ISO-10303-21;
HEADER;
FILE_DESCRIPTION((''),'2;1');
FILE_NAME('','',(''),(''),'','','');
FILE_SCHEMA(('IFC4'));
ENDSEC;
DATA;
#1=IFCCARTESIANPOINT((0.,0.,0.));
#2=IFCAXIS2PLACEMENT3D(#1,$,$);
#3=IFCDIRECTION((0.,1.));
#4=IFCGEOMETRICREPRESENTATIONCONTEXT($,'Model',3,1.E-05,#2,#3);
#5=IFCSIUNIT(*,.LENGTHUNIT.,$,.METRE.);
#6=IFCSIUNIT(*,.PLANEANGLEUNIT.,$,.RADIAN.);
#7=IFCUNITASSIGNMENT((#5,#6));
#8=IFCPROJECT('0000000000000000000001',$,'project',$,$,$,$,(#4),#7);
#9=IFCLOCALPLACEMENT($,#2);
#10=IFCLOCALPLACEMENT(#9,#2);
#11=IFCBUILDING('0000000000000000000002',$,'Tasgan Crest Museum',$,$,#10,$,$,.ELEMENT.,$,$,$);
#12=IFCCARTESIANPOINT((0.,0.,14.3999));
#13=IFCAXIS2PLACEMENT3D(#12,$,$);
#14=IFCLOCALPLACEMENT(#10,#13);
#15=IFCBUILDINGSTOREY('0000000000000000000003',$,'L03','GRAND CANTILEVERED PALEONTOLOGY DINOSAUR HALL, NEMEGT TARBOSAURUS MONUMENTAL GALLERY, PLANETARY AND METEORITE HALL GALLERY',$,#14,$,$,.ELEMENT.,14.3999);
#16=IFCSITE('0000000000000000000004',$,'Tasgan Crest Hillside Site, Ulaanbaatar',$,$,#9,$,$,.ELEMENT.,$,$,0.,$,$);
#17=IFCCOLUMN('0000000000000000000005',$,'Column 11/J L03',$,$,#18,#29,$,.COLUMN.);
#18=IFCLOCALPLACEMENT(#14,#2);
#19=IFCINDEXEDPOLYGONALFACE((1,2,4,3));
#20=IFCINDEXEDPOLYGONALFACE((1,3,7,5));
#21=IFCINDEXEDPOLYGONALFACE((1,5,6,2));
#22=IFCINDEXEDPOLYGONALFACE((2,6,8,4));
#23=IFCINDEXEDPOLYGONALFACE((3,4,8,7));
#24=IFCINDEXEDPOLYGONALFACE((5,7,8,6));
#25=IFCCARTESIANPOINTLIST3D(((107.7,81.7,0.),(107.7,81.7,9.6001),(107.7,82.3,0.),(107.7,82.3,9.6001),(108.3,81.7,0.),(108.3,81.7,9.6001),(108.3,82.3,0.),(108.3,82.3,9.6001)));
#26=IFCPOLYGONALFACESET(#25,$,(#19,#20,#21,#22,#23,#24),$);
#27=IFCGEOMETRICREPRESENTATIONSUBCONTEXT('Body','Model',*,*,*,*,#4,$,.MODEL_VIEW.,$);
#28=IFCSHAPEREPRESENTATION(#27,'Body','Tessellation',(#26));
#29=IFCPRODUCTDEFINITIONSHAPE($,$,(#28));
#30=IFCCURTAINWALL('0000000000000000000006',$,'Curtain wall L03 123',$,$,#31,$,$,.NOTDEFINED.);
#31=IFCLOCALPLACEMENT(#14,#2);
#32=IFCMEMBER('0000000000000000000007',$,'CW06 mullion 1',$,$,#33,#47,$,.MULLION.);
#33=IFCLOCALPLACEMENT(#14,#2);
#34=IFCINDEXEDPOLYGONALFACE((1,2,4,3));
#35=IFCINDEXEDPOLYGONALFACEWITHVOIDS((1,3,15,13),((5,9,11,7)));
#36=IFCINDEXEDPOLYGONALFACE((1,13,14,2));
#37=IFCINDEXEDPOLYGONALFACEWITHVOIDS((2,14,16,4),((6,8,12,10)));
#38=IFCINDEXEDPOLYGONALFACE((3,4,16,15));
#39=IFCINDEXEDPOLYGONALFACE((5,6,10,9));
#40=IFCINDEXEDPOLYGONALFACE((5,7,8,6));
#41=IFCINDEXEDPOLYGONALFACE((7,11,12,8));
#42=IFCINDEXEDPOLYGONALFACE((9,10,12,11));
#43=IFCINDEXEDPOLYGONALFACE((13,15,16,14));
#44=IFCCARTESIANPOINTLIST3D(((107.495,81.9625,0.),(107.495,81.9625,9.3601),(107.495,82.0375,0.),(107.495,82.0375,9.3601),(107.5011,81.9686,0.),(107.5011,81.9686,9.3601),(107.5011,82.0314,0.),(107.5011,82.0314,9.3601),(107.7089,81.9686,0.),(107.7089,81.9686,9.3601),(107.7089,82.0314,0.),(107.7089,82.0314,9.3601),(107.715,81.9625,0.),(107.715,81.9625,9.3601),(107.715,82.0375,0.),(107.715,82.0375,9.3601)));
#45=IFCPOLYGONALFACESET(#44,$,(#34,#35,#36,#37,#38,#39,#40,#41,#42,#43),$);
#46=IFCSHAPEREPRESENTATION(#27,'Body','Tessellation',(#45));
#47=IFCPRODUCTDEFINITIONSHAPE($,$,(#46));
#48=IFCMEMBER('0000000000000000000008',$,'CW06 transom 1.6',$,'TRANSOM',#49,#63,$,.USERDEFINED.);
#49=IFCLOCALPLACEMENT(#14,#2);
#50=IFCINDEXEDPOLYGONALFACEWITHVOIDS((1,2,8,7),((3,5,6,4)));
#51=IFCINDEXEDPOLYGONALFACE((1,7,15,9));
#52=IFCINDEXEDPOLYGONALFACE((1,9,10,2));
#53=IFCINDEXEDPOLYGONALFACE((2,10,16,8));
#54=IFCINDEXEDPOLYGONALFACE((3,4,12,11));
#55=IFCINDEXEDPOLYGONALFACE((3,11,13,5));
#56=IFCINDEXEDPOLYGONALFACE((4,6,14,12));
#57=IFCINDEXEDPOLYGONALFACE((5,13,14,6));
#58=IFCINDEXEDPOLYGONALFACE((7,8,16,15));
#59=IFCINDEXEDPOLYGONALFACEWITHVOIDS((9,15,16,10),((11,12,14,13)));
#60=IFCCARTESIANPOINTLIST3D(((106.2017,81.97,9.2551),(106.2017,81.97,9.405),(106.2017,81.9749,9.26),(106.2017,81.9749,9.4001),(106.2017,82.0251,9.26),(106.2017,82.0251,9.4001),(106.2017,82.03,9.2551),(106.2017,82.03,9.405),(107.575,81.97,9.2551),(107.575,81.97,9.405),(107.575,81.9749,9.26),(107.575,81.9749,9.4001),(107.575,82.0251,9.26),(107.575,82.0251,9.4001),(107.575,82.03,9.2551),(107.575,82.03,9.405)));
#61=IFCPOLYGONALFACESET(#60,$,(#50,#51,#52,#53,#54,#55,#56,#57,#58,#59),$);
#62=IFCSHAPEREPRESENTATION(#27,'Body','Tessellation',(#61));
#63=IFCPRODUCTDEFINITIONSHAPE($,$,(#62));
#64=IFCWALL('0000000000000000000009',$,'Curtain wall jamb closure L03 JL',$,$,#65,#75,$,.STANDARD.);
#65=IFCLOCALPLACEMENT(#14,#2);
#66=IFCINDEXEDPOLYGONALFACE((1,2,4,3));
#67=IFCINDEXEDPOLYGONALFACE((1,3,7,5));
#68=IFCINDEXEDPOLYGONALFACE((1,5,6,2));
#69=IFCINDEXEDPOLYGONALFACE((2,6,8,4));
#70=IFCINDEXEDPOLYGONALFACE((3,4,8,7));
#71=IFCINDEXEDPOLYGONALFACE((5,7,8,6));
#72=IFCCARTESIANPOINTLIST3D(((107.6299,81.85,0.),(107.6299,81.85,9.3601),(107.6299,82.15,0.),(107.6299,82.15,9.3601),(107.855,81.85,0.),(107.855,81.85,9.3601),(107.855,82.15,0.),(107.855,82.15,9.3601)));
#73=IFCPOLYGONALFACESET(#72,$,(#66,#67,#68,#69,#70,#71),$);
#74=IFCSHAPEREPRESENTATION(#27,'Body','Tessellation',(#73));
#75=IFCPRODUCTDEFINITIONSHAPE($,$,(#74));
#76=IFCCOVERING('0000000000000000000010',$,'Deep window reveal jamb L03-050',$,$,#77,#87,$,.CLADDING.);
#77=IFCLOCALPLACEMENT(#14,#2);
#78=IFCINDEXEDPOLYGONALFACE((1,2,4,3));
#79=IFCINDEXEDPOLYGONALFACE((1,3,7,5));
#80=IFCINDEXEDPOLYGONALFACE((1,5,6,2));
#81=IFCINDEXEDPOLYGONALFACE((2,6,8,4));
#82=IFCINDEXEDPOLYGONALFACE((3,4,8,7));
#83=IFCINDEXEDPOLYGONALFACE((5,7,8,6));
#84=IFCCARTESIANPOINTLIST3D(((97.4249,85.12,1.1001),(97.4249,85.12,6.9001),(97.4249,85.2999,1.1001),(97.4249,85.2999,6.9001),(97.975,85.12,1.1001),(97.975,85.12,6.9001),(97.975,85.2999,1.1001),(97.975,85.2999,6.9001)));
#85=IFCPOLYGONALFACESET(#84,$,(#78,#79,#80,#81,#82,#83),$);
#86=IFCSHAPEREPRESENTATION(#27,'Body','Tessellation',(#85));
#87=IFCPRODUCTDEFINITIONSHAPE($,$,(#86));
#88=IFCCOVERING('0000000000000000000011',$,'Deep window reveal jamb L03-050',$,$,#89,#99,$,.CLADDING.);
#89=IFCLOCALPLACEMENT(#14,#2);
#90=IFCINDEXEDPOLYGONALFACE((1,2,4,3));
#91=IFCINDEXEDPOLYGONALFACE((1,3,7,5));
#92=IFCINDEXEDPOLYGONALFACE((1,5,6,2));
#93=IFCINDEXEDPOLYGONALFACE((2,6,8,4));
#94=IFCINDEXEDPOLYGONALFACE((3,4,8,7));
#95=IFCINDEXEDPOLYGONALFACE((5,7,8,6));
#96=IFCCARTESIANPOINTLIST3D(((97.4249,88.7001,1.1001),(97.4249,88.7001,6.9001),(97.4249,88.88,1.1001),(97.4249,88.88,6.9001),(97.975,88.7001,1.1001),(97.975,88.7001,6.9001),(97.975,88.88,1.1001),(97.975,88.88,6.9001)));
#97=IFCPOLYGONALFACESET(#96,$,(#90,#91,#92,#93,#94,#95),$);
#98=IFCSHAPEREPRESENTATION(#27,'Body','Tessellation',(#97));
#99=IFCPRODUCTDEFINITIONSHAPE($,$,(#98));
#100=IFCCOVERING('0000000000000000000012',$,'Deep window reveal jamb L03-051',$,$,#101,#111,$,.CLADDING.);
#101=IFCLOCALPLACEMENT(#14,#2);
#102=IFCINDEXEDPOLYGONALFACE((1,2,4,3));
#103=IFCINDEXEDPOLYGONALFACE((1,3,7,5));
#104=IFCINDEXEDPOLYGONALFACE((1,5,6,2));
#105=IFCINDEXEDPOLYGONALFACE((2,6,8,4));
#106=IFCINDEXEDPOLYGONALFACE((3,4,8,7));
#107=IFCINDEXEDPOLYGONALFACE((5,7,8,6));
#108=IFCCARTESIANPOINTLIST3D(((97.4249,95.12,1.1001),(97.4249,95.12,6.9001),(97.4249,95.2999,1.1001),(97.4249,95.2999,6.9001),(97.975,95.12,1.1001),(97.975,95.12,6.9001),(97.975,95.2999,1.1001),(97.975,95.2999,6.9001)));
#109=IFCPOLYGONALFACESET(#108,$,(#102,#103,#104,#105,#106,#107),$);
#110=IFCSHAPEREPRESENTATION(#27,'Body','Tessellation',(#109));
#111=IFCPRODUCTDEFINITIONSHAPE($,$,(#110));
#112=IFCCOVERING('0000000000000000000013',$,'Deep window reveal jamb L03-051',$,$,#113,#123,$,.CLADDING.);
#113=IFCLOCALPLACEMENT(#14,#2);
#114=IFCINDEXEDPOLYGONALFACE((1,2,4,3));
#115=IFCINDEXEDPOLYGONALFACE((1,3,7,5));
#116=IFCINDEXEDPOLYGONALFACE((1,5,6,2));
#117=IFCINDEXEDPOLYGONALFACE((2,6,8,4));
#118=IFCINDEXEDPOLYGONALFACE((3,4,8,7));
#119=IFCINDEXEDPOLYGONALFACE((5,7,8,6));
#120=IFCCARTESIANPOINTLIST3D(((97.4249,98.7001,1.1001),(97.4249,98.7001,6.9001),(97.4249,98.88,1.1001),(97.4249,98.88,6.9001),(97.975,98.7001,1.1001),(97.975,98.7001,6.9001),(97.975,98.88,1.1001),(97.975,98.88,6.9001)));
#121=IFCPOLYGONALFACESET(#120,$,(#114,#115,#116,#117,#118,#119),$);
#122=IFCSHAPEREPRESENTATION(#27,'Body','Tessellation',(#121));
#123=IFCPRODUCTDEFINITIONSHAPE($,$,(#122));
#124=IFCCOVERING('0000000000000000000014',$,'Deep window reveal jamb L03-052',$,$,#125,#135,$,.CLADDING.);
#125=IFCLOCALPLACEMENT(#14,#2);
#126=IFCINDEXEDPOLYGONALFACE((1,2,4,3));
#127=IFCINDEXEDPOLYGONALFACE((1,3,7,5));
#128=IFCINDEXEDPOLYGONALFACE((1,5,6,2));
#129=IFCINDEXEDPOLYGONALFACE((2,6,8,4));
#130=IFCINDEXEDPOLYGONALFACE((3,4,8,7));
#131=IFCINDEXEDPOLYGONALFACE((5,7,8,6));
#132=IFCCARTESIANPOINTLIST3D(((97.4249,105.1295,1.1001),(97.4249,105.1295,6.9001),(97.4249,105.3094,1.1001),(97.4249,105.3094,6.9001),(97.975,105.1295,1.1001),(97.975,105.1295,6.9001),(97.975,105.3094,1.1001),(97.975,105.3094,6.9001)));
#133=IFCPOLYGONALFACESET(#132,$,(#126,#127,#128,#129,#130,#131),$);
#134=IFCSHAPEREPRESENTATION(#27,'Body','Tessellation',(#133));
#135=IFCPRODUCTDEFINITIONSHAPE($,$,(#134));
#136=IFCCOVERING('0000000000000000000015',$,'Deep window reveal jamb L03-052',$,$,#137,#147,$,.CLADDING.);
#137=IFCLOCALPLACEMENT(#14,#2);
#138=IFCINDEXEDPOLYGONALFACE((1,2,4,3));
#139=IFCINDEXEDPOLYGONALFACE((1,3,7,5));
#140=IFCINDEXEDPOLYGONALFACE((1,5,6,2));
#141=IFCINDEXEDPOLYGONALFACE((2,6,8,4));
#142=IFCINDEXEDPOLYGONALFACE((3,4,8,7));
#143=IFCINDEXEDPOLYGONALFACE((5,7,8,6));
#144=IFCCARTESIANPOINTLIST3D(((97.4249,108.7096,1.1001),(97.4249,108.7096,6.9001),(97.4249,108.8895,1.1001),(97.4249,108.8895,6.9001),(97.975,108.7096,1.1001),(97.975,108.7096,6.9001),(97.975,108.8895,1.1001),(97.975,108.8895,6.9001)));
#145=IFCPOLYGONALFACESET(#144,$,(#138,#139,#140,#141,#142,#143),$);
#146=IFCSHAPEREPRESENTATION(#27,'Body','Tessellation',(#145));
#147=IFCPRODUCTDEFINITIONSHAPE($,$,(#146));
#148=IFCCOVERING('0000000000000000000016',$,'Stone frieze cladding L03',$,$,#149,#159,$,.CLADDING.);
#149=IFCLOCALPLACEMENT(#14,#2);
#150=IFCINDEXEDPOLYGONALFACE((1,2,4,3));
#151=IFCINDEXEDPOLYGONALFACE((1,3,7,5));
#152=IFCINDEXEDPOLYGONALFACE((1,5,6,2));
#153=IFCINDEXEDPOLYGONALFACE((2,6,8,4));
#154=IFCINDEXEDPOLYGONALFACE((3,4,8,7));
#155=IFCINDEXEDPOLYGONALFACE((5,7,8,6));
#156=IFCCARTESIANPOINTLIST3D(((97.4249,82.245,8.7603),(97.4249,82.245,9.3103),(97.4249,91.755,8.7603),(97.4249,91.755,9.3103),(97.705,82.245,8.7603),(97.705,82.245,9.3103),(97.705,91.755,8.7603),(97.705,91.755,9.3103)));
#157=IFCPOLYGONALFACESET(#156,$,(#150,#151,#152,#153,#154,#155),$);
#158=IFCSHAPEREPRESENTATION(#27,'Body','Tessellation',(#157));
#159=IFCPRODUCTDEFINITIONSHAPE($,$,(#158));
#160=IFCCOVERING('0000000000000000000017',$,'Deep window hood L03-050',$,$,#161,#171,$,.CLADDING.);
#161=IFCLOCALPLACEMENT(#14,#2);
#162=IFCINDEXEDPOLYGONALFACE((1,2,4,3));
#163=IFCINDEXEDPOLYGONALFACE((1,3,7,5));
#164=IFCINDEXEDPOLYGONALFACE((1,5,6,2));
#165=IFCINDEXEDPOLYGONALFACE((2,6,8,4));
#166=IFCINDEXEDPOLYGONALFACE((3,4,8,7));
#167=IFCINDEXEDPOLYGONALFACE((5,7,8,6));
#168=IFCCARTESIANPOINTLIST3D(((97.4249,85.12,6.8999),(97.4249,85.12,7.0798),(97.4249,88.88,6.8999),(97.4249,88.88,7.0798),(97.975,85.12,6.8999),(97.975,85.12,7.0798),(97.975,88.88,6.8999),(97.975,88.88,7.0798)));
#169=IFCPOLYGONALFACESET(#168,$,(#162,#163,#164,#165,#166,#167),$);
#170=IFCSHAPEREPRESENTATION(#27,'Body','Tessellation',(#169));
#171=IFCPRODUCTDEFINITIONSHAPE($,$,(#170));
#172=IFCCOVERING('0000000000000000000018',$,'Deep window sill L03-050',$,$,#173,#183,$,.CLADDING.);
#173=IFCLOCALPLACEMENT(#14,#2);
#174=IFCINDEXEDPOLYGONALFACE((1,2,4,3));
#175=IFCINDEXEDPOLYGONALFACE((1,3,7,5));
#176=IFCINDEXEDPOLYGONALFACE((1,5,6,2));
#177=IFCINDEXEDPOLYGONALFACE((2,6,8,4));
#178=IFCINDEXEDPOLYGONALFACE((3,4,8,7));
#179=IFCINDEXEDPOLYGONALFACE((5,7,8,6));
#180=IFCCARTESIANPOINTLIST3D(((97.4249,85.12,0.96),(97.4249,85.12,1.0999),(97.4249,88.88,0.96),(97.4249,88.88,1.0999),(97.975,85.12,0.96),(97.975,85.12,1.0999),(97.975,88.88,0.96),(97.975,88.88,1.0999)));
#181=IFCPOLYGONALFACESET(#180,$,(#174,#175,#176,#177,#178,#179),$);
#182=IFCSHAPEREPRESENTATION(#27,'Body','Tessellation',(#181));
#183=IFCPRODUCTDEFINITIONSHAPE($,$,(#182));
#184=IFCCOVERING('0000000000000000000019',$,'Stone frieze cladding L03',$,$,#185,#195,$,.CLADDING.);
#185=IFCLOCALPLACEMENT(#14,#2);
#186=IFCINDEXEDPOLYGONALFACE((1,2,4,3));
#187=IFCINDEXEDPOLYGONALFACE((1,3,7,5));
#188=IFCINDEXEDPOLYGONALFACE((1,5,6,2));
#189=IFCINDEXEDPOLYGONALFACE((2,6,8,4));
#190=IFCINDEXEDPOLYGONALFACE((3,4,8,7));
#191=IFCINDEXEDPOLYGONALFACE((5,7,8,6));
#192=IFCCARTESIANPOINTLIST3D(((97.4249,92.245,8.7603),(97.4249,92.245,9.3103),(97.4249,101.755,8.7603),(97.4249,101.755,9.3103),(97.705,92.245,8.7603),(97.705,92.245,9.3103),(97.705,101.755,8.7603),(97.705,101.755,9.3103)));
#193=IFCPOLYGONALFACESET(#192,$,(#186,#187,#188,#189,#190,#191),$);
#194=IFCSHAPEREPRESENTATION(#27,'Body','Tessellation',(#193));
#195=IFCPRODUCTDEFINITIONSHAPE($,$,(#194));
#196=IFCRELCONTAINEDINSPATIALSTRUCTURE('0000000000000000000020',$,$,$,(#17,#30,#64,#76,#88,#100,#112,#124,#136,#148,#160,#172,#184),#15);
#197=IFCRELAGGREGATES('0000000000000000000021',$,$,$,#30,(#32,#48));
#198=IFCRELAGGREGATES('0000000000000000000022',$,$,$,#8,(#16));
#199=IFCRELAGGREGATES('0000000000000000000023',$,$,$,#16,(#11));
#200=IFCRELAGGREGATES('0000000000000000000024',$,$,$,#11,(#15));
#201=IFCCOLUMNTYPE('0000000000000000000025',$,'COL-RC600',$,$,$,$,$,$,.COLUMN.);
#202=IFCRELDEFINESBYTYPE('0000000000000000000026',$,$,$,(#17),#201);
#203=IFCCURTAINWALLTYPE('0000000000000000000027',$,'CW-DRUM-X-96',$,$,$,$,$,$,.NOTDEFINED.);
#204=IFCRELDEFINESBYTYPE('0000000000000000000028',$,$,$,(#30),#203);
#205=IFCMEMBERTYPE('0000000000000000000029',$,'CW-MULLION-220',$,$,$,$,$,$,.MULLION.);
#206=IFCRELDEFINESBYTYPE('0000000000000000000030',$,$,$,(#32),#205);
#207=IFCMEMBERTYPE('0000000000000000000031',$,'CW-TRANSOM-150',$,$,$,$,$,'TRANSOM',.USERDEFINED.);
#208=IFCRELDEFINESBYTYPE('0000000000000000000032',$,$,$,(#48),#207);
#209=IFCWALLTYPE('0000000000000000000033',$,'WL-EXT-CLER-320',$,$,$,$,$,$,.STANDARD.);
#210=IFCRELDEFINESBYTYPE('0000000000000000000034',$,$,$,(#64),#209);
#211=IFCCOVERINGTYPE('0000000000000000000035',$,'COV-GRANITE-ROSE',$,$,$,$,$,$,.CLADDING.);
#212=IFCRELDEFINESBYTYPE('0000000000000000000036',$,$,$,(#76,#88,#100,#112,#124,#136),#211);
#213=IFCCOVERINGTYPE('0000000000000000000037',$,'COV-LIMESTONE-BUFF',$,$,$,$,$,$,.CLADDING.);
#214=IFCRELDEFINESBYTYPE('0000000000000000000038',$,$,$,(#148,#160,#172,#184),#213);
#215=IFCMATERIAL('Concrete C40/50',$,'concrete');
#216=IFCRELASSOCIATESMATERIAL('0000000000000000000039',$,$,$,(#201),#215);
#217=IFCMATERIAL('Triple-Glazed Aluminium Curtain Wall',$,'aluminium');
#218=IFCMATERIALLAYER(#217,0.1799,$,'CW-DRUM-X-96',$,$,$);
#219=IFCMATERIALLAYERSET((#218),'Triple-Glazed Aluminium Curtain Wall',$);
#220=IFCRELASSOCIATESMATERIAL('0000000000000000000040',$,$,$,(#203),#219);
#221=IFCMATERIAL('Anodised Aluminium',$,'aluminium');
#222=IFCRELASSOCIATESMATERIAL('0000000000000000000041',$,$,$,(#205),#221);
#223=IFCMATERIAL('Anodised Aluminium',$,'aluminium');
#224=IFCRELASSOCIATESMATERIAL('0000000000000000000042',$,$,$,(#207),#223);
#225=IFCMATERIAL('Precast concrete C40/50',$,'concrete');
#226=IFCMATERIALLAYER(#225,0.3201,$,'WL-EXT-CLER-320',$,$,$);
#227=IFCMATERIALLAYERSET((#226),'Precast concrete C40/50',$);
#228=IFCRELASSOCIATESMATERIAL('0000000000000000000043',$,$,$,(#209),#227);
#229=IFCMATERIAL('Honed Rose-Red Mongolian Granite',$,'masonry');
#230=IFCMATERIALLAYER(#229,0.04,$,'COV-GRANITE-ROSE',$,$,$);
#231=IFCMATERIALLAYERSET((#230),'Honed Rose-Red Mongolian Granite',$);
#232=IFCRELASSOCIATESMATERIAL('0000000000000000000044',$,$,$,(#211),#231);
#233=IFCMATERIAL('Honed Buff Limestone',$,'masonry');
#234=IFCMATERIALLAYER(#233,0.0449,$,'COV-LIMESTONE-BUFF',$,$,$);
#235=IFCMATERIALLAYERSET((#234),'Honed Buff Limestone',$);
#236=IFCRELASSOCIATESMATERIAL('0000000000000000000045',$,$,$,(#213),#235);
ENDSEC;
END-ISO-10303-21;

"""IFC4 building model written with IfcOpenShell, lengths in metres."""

from ifc_helpers import new_model, si_unit, direction, frame, frame_2d, origin, origin_2d, place, context, subcontext, project, spatial, rectangle, hollow_rectangle, extrude, material, layer, layer_set, material_profile, profile_set, type_object, element, aggregate, save


model = new_model("IFC4")

# Units and contexts
model_context = context("Model", 3, precision=1e-05, world=origin(), true_north=direction((0.0, 1.0)))
body_context = subcontext(model_context, "Body", "Model", "MODEL_VIEW")
ifc_project = project(units=[si_unit("LENGTHUNIT", "METRE"), si_unit("PLANEANGLEUNIT", "RADIAN")], contexts=[model_context])

# Site, building, storey
site_placement = place(None, origin())
site = spatial("IfcSite", under=ifc_project, at=site_placement, Name="Tasgan Crest Hillside Site, Ulaanbaatar", CompositionType="ELEMENT", RefElevation=0.0)
building_placement = place(site_placement, origin())
building = spatial("IfcBuilding", under=site, at=building_placement, Name="Tasgan Crest Museum", CompositionType="ELEMENT")
storey_placement = place(building_placement, frame((0.0, 0.0, 14.3999)))
storey = spatial("IfcBuildingStorey", under=building, at=storey_placement, Name="L03", Description="GRAND CANTILEVERED PALEONTOLOGY DINOSAUR HALL, NEMEGT TARBOSAURUS MONUMENTAL GALLERY, PLANETARY AND METEORITE HALL GALLERY", CompositionType="ELEMENT", Elevation=14.3999)

# Column
ifc_material_1 = material(Name="Concrete C40/50", Category="concrete")
ifc_material_profile_1 = material_profile(ifc_material_1, rectangle(XDim=0.6001, YDim=0.6001, at=origin_2d()), Name="RC 600x600")
ifc_profile_set_1 = profile_set([ifc_material_profile_1], Name="Concrete C40/50")
column_type = type_object("IfcColumnType", Name="COL-RC600", PredefinedType="COLUMN", material=ifc_profile_set_1)
column_placement = place(storey_placement, frame((108.0, 82.0, 0.0), z_axis=(0.0, 0.0, 1.0), x_axis=(1.0, 0.0, 0.0)))
element("IfcColumn", 1, at=column_placement, inside=storey, type_object=column_type, Name="Column 11/J L03", PredefinedType="COLUMN", context=body_context, shape_type="SweptSolid", body=[
    extrude(rectangle(XDim=0.6001, YDim=0.6001, at=origin_2d()), origin(), (0.0, 0.0, 1.0), 9.6001),
])

# Curtain wall, members
ifc_material_2 = material(Name="Triple-Glazed Aluminium Curtain Wall", Category="aluminium")
ifc_layer_1 = layer(ifc_material_2, 0.1799, Name="CW-DRUM-X-96")
ifc_layer_set_1 = layer_set([ifc_layer_1], Name="Triple-Glazed Aluminium Curtain Wall")
curtain_wall_type = type_object("IfcCurtainWallType", Name="CW-DRUM-X-96", PredefinedType="NOTDEFINED", material=ifc_layer_set_1)
curtain_wall_placement = place(storey_placement, origin())
curtain_wall = element("IfcCurtainWall", 2, at=curtain_wall_placement, inside=storey, type_object=curtain_wall_type, Name="Curtain wall L03 123", PredefinedType="NOTDEFINED")
ifc_material_3 = material(Name="Anodised Aluminium", Category="aluminium")
ifc_material_profile_2 = material_profile(ifc_material_3, hollow_rectangle(XDim=0.075, YDim=0.22, WallThickness=0.0061, at=origin_2d()), Name="ALU MULLION 220x75x6")
ifc_profile_set_2 = profile_set([ifc_material_profile_2], Name="Anodised Aluminium")
member_type_1 = type_object("IfcMemberType", Name="CW-MULLION-220", PredefinedType="MULLION", material=ifc_profile_set_2)
member_1_placement = place(storey_placement, frame((107.605, 82.0, 0.0), z_axis=(0.0, 0.0, 1.0), x_axis=(0.0, -1.0, 0.0)))
member_1 = element("IfcMember", 3, at=member_1_placement, type_object=member_type_1, Name="CW06 mullion 1", PredefinedType="MULLION", context=body_context, shape_type="SweptSolid", body=[
    extrude(hollow_rectangle(XDim=0.075, YDim=0.22, WallThickness=0.0061, at=origin_2d()), origin(), (0.0, 0.0, 1.0), 9.3601),
])
ifc_material_4 = material(Name="Anodised Aluminium", Category="aluminium")
ifc_material_profile_3 = material_profile(ifc_material_4, hollow_rectangle(XDim=0.0601, YDim=0.1499, WallThickness=0.0049, at=origin_2d()), Name="ALU TRANSOM 150x60x5")
ifc_profile_set_3 = profile_set([ifc_material_profile_3], Name="Anodised Aluminium")
member_type_2 = type_object("IfcMemberType", Name="CW-TRANSOM-150", ElementType="TRANSOM", PredefinedType="USERDEFINED", material=ifc_profile_set_3)
member_2_placement = place(storey_placement, frame((107.575, 82.0, 9.3301), z_axis=(-1.0, 0.0, 0.0), x_axis=(0.0, -1.0, 0.0)))
member_2 = element("IfcMember", 4, at=member_2_placement, type_object=member_type_2, Name="CW06 transom 1.6", ObjectType="TRANSOM", PredefinedType="USERDEFINED", context=body_context, shape_type="SweptSolid", body=[
    extrude(hollow_rectangle(XDim=0.0601, YDim=0.1499, WallThickness=0.0049, at=origin_2d()), origin(), (0.0, 0.0, 1.0), 1.3733),
])
aggregate(curtain_wall, [member_1, member_2])

# Wall
ifc_material_5 = material(Name="Precast concrete C40/50", Category="concrete")
ifc_layer_2 = layer(ifc_material_5, 0.3201, Name="WL-EXT-CLER-320")
ifc_layer_set_2 = layer_set([ifc_layer_2], Name="Precast concrete C40/50")
wall_type = type_object("IfcWallType", Name="WL-EXT-CLER-320", PredefinedType="STANDARD", material=ifc_layer_set_2)
wall_placement = place(storey_placement, frame((107.855, 82.0, 0.0), z_axis=(0.0, 0.0, 1.0), x_axis=(-1.0, 0.0, 0.0)))
element("IfcWall", 5, at=wall_placement, inside=storey, type_object=wall_type, Name="Curtain wall jamb closure L03 JL", PredefinedType="STANDARD", context=body_context, shape_type="SweptSolid", body=[
    extrude(rectangle(XDim=0.2251, YDim=0.3, at=frame_2d((0.1125, 0.0))), origin(), (0.0, 0.0, 1.0), 9.3601),
])

# Coverings
ifc_material_6 = material(Name="Honed Rose-Red Mongolian Granite", Category="masonry")
ifc_layer_3 = layer(ifc_material_6, 0.04, Name="COV-GRANITE-ROSE")
ifc_layer_set_3 = layer_set([ifc_layer_3], Name="Honed Rose-Red Mongolian Granite")
covering_type_1 = type_object("IfcCoveringType", Name="COV-GRANITE-ROSE", PredefinedType="CLADDING", material=ifc_layer_set_3)
for number, where, z_axis, x_axis, name in (
    (6, (97.7, 85.21, 1.1001), (0.0, 0.0, 1.0), (0.0, 1.0, 0.0), "Deep window reveal jamb L03-050"),
    (7, (97.7, 88.79, 1.1001), (0.0, 0.0, 1.0), (0.0, 1.0, 0.0), "Deep window reveal jamb L03-050"),
    (8, (97.7, 95.21, 1.1001), (0.0, 0.0, 1.0), (0.0, 1.0, 0.0), "Deep window reveal jamb L03-051"),
    (9, (97.7, 98.79, 1.1001), (0.0, 0.0, 1.0), (0.0, 1.0, 0.0), "Deep window reveal jamb L03-051"),
    (10, (97.7, 105.2195, 1.1001), (0.0, 0.0, 1.0), (0.0, 1.0, 0.0), "Deep window reveal jamb L03-052"),
    (11, (97.7, 108.7996, 1.1001), (0.0, 0.0, 1.0), (0.0, 1.0, 0.0), "Deep window reveal jamb L03-052"),
):
    element("IfcCovering", number, at=place(storey_placement, frame(where, z_axis=z_axis, x_axis=x_axis)), inside=storey, type_object=covering_type_1, Name=name, PredefinedType="CLADDING", context=body_context, shape_type="SweptSolid", body=[
        extrude(rectangle(XDim=0.1799, YDim=0.55, at=origin_2d()), origin(), (0.0, 0.0, 1.0), 5.8),
    ])
ifc_material_7 = material(Name="Honed Buff Limestone", Category="masonry")
ifc_layer_4 = layer(ifc_material_7, 0.0449, Name="COV-LIMESTONE-BUFF")
ifc_layer_set_4 = layer_set([ifc_layer_4], Name="Honed Buff Limestone")
covering_type_2 = type_object("IfcCoveringType", Name="COV-LIMESTONE-BUFF", PredefinedType="CLADDING", material=ifc_layer_set_4)
covering_1_placement = place(storey_placement, frame((97.5649, 87.0, 8.7603), z_axis=(0.0, 0.0, 1.0), x_axis=(0.0, 1.0, 0.0)))
element("IfcCovering", 12, at=covering_1_placement, inside=storey, type_object=covering_type_2, Name="Stone frieze cladding L03", PredefinedType="CLADDING", context=body_context, shape_type="SweptSolid", body=[
    extrude(rectangle(XDim=9.51, YDim=0.28, at=origin_2d()), origin(), (0.0, 0.0, 1.0), 0.55),
])
covering_2_placement = place(storey_placement, frame((97.7, 87.0, 6.8999), z_axis=(0.0, 0.0, 1.0), x_axis=(0.0, 1.0, 0.0)))
element("IfcCovering", 13, at=covering_2_placement, inside=storey, type_object=covering_type_2, Name="Deep window hood L03-050", PredefinedType="CLADDING", context=body_context, shape_type="SweptSolid", body=[
    extrude(rectangle(XDim=3.76, YDim=0.55, at=origin_2d()), origin(), (0.0, 0.0, 1.0), 0.1799),
])
covering_3_placement = place(storey_placement, frame((97.7, 87.0, 0.96), z_axis=(0.0, 0.0, 1.0), x_axis=(0.0, 1.0, 0.0)))
element("IfcCovering", 14, at=covering_3_placement, inside=storey, type_object=covering_type_2, Name="Deep window sill L03-050", PredefinedType="CLADDING", context=body_context, shape_type="SweptSolid", body=[
    extrude(rectangle(XDim=3.76, YDim=0.55, at=origin_2d()), origin(), (0.0, 0.0, 1.0), 0.1399),
])
covering_4_placement = place(storey_placement, frame((97.5649, 97.0, 8.7603), z_axis=(0.0, 0.0, 1.0), x_axis=(0.0, 1.0, 0.0)))
element("IfcCovering", 15, at=covering_4_placement, inside=storey, type_object=covering_type_2, Name="Stone frieze cladding L03", PredefinedType="CLADDING", context=body_context, shape_type="SweptSolid", body=[
    extrude(rectangle(XDim=9.51, YDim=0.28, at=origin_2d()), origin(), (0.0, 0.0, 1.0), 0.55),
])

save(model, "model.ifc")
